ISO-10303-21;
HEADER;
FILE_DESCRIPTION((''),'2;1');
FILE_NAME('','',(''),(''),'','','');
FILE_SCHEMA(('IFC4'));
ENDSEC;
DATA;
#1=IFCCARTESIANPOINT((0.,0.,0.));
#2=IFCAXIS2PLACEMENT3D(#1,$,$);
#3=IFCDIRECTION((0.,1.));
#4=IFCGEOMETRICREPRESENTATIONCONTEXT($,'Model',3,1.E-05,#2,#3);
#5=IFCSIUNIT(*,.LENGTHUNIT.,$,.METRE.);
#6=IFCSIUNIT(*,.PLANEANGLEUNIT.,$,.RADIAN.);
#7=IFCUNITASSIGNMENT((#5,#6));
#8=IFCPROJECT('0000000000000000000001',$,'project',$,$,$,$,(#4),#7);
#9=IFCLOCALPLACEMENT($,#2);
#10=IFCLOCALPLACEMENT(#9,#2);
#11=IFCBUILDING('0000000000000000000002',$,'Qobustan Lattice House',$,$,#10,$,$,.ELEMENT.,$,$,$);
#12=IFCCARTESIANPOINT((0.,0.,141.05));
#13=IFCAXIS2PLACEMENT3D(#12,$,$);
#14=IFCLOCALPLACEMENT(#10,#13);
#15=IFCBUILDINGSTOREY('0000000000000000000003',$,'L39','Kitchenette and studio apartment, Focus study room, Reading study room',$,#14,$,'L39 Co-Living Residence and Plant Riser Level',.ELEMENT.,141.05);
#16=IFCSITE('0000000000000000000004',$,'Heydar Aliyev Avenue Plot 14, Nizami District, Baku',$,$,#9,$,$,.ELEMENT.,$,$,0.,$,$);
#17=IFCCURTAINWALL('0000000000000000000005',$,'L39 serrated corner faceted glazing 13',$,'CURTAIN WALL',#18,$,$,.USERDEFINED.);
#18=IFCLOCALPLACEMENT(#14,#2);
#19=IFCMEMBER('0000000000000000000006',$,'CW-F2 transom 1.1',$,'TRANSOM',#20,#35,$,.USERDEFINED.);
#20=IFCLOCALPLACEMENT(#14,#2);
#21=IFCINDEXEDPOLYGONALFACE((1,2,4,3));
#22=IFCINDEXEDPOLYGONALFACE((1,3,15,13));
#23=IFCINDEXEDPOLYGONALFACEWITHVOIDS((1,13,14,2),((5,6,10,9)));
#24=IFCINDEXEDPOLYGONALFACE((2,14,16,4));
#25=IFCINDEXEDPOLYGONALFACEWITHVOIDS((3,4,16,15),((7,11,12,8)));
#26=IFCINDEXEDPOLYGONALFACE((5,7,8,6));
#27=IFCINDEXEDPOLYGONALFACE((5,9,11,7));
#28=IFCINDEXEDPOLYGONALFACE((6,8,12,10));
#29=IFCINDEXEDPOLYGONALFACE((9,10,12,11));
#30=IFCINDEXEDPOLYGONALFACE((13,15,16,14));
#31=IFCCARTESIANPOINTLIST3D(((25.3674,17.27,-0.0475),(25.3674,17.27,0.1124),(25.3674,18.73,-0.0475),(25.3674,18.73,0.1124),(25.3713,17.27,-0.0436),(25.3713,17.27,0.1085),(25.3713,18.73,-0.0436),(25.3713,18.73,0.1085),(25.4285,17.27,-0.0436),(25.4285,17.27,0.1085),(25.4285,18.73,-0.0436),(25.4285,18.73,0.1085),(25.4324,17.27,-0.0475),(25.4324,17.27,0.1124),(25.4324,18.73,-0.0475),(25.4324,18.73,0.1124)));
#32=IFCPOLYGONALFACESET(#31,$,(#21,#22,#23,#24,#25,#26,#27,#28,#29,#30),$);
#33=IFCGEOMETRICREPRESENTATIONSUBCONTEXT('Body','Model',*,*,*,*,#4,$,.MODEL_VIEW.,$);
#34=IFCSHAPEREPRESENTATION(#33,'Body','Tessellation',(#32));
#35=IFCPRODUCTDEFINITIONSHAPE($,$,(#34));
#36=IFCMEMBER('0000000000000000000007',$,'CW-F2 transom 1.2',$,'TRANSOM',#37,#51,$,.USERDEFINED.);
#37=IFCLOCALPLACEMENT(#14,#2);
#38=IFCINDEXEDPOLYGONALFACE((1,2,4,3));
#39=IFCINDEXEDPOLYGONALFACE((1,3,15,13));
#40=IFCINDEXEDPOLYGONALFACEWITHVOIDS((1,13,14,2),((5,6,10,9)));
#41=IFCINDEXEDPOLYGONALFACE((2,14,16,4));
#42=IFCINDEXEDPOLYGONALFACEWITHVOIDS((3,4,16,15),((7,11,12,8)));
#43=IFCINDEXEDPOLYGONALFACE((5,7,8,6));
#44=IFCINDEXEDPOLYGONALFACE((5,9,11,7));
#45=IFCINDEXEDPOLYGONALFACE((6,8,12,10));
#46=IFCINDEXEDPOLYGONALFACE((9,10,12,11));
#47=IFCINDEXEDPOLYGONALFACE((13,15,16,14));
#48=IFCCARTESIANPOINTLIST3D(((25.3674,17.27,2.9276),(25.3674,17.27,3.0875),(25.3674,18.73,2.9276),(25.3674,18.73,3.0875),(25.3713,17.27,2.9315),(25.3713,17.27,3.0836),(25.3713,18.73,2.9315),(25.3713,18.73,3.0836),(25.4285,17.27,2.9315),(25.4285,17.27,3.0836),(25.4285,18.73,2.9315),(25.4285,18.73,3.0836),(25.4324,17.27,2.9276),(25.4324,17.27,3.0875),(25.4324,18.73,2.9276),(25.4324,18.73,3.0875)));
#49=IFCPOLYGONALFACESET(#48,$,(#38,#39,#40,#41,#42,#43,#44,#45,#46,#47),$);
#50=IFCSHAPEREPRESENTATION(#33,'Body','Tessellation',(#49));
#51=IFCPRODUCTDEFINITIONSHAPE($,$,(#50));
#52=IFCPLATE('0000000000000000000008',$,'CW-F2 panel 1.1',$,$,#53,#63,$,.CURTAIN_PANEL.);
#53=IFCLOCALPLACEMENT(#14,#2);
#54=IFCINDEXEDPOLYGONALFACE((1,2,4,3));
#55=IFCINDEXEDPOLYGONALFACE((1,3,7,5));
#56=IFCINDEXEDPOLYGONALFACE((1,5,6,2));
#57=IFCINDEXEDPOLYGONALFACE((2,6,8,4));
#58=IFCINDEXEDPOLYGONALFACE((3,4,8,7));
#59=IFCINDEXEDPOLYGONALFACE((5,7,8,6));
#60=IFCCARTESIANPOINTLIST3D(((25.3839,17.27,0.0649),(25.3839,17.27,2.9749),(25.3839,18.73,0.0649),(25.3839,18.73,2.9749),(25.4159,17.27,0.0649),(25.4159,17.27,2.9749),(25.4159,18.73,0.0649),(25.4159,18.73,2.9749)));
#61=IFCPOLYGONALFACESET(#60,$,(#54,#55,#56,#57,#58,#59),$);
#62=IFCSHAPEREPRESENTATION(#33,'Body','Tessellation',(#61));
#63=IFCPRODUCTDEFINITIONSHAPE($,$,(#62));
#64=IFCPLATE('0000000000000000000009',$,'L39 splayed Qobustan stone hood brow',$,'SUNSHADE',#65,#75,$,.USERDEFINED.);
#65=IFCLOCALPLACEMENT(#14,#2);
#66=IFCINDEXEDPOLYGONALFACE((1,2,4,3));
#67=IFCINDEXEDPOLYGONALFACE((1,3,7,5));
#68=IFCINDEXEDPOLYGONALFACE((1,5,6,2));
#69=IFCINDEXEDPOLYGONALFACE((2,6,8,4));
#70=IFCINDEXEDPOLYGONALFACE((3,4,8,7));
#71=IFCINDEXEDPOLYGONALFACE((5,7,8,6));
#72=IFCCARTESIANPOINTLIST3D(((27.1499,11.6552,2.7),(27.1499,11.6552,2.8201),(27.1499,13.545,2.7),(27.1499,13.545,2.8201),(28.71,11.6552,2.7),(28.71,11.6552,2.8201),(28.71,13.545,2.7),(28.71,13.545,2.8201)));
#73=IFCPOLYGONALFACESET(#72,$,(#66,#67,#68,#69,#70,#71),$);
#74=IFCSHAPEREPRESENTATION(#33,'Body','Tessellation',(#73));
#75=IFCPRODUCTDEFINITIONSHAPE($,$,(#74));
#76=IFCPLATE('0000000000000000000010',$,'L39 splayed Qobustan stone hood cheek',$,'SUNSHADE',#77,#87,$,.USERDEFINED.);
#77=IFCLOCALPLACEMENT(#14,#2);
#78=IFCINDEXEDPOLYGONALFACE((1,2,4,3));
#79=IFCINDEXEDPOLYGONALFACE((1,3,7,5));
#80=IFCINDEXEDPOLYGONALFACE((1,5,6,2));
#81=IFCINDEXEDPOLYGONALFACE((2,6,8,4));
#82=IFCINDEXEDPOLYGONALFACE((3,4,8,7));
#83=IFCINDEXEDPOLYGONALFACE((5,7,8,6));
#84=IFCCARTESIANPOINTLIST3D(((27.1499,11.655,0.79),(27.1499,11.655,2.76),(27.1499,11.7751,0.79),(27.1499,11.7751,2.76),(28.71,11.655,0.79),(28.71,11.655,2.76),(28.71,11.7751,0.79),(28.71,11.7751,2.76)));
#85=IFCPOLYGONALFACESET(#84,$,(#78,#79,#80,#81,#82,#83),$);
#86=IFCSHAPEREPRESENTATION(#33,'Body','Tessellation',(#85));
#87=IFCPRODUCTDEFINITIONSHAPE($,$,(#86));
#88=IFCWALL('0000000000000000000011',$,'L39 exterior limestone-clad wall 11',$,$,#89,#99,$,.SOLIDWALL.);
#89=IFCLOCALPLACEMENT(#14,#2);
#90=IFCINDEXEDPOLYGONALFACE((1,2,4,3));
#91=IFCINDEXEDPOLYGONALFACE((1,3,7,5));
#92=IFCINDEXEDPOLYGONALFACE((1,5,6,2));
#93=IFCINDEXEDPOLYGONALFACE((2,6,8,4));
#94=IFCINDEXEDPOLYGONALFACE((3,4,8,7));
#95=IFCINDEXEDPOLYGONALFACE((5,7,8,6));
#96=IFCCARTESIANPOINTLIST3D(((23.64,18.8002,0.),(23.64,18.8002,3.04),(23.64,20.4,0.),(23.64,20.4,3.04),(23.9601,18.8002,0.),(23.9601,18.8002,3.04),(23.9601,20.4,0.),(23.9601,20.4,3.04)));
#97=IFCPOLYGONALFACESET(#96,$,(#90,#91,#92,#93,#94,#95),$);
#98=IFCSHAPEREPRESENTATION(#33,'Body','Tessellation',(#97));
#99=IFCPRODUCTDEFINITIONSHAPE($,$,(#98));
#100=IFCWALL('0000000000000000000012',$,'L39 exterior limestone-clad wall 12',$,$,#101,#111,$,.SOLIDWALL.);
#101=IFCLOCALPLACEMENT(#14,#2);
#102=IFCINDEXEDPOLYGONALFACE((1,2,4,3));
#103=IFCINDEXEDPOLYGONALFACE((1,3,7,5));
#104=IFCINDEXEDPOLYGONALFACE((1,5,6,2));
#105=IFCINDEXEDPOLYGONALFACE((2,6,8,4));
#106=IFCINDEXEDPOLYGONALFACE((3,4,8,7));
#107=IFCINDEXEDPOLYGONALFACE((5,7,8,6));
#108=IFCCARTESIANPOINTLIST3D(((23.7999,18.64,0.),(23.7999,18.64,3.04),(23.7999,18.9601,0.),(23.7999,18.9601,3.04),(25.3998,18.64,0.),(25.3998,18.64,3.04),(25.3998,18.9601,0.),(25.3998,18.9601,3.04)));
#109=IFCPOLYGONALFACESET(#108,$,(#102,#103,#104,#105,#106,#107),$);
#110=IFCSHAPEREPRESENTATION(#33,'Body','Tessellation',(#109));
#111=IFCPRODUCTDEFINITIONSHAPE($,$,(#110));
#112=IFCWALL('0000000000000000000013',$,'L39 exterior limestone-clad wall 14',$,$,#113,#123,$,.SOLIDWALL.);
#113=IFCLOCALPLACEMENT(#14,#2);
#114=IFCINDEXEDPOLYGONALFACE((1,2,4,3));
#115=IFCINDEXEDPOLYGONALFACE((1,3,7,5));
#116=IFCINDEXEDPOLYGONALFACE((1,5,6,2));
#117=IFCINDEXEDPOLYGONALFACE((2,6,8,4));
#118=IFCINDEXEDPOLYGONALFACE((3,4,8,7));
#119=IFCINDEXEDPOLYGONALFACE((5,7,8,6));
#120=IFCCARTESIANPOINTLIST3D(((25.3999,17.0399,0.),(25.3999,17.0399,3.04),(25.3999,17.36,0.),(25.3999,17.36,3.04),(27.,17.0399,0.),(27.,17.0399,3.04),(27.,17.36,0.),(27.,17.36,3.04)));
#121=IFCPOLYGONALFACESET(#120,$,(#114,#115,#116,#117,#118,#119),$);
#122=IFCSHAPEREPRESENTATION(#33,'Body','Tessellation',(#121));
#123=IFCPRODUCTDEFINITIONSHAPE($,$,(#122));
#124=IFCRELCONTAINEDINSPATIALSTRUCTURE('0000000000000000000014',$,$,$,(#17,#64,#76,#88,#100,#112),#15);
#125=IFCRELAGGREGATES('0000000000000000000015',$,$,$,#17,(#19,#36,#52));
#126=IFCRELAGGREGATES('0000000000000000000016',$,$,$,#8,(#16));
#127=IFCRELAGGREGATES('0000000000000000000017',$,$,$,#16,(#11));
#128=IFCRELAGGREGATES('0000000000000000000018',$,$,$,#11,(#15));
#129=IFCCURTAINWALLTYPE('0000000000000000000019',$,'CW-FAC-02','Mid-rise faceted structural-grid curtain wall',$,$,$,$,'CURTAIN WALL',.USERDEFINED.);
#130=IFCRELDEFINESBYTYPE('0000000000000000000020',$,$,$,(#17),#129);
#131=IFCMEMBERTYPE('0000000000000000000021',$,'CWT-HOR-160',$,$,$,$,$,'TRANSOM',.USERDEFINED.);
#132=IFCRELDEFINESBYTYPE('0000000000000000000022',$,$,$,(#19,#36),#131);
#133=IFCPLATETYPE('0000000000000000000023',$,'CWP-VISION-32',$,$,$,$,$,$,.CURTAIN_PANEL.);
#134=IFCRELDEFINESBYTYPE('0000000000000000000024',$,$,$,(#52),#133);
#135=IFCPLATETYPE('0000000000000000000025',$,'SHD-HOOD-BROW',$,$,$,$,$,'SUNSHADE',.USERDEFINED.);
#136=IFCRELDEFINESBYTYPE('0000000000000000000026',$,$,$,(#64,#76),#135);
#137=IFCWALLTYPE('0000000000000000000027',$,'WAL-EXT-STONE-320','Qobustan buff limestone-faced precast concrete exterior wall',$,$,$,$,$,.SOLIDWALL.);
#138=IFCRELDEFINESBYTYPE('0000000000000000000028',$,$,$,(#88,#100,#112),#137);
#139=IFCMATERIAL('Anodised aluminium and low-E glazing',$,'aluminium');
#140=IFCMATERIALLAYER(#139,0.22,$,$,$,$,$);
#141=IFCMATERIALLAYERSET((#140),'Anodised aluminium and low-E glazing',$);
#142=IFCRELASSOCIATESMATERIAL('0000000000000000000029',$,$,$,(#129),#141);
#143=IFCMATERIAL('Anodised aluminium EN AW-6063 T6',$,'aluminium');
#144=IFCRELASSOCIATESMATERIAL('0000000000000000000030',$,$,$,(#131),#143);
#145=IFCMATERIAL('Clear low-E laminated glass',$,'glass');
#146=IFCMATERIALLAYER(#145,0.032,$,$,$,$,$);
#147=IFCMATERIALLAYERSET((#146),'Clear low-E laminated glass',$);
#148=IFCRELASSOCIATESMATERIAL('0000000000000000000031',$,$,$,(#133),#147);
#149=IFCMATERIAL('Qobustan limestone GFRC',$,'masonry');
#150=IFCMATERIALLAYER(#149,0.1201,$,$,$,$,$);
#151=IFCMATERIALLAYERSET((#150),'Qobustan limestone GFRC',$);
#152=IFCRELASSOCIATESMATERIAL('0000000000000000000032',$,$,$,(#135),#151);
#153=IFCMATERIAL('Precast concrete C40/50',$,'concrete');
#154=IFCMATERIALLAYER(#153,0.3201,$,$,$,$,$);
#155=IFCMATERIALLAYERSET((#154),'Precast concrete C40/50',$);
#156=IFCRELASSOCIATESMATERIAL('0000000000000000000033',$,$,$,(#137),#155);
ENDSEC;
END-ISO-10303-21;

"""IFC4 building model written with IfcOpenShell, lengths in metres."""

from ifc_helpers import new_model, si_unit, direction, frame, frame_2d, origin, origin_2d, place, context, subcontext, project, spatial, rectangle, hollow_rectangle, extrude, material, layer, layer_set, material_profile, profile_set, type_object, element, aggregate, save


model = new_model("IFC4")

# Units and contexts
model_context = context("Model", 3, precision=1e-05, world=origin(), true_north=direction((0.0, 1.0)))
body_context = subcontext(model_context, "Body", "Model", "MODEL_VIEW")
ifc_project = project(units=[si_unit("LENGTHUNIT", "METRE"), si_unit("PLANEANGLEUNIT", "RADIAN")], contexts=[model_context])

# Site, building, storey
site_placement = place(None, origin())
site = spatial("IfcSite", under=ifc_project, at=site_placement, Name="Heydar Aliyev Avenue Plot 14, Nizami District, Baku", CompositionType="ELEMENT", RefElevation=0.0)
building_placement = place(site_placement, origin())
building = spatial("IfcBuilding", under=site, at=building_placement, Name="Qobustan Lattice House", CompositionType="ELEMENT")
storey_placement = place(building_placement, frame((0.0, 0.0, 141.05)))
storey = spatial("IfcBuildingStorey", under=building, at=storey_placement, Name="L39", Description="Kitchenette and studio apartment, Focus study room, Reading study room", LongName="L39 Co-Living Residence and Plant Riser Level", CompositionType="ELEMENT", Elevation=141.05)

# Curtain wall, members, plate
ifc_material_1 = material(Name="Anodised aluminium and low-E glazing", Category="aluminium")
ifc_layer_1 = layer(ifc_material_1, 0.22)
ifc_layer_set_1 = layer_set([ifc_layer_1], Name="Anodised aluminium and low-E glazing")
curtain_wall_type = type_object("IfcCurtainWallType", Name="CW-FAC-02", Description="Mid-rise faceted structural-grid curtain wall", ElementType="CURTAIN WALL", PredefinedType="USERDEFINED", material=ifc_layer_set_1)
curtain_wall_placement = place(storey_placement, origin())
curtain_wall = element("IfcCurtainWall", 1, at=curtain_wall_placement, inside=storey, type_object=curtain_wall_type, Name="L39 serrated corner faceted glazing 13", ObjectType="CURTAIN WALL", PredefinedType="USERDEFINED")
ifc_material_2 = material(Name="Anodised aluminium EN AW-6063 T6", Category="aluminium")
ifc_material_profile_1 = material_profile(ifc_material_2, hollow_rectangle(XDim=0.0649, YDim=0.1599, WallThickness=0.0039, at=origin_2d()), Name="CWT-160x65")
ifc_profile_set_1 = profile_set([ifc_material_profile_1], Name="Anodised aluminium EN AW-6063 T6")
member_type_1 = type_object("IfcMemberType", Name="CWT-HOR-160", ElementType="TRANSOM", PredefinedType="USERDEFINED", material=ifc_profile_set_1)
member_1_placement = place(storey_placement, frame((25.3999, 18.73, 0.0325), z_axis=(0.0, -1.0, 0.0), x_axis=(1.0, 0.0, 0.0)))
member_1 = element("IfcMember", 2, at=member_1_placement, type_object=member_type_1, Name="CW-F2 transom 1.1", ObjectType="TRANSOM", PredefinedType="USERDEFINED", context=body_context, shape_type="SweptSolid", body=[
    extrude(hollow_rectangle(XDim=0.0649, YDim=0.1599, WallThickness=0.0039, at=origin_2d()), origin(), (0.0, 0.0, 1.0), 1.46),
])
member_2_placement = place(storey_placement, frame((25.3999, 18.73, 3.0076), z_axis=(0.0, -1.0, 0.0), x_axis=(1.0, 0.0, 0.0)))
member_2 = element("IfcMember", 3, at=member_2_placement, type_object=member_type_1, Name="CW-F2 transom 1.2", ObjectType="TRANSOM", PredefinedType="USERDEFINED", context=body_context, shape_type="SweptSolid", body=[
    extrude(hollow_rectangle(XDim=0.0649, YDim=0.1599, WallThickness=0.0039, at=origin_2d()), origin(), (0.0, 0.0, 1.0), 1.46),
])
ifc_material_3 = material(Name="Clear low-E laminated glass", Category="glass")
ifc_layer_2 = layer(ifc_material_3, 0.032)
ifc_layer_set_2 = layer_set([ifc_layer_2], Name="Clear low-E laminated glass")
plate_type_1 = type_object("IfcPlateType", Name="CWP-VISION-32", PredefinedType="CURTAIN_PANEL", material=ifc_layer_set_2)
plate_1_placement = place(storey_placement, frame((25.3999, 18.0, 0.0649), z_axis=(0.0, 0.0, 1.0), x_axis=(0.0, -1.0, 0.0)))
plate_1 = element("IfcPlate", 4, at=plate_1_placement, type_object=plate_type_1, Name="CW-F2 panel 1.1", PredefinedType="CURTAIN_PANEL", context=body_context, shape_type="SweptSolid", body=[
    extrude(rectangle(XDim=1.46, YDim=0.032, at=origin_2d()), origin(), (0.0, 0.0, 1.0), 2.9099),
])
aggregate(curtain_wall, [member_1, member_2, plate_1])

# Plates
ifc_material_4 = material(Name="Qobustan limestone GFRC", Category="masonry")
ifc_layer_3 = layer(ifc_material_4, 0.1201)
ifc_layer_set_3 = layer_set([ifc_layer_3], Name="Qobustan limestone GFRC")
plate_type_2 = type_object("IfcPlateType", Name="SHD-HOOD-BROW", ElementType="SUNSHADE", PredefinedType="USERDEFINED", material=ifc_layer_set_3)
plate_2_placement = place(storey_placement, frame((27.9299, 12.6001, 2.7), z_axis=(0.0, 0.0, 1.0), x_axis=(0.0, -1.0, 0.0)))
element("IfcPlate", 5, at=plate_2_placement, inside=storey, type_object=plate_type_2, Name="L39 splayed Qobustan stone hood brow", ObjectType="SUNSHADE", PredefinedType="USERDEFINED", context=body_context, shape_type="SweptSolid", body=[
    extrude(rectangle(XDim=1.8899, YDim=1.5601, at=origin_2d()), origin(), (0.0, 0.0, 1.0), 0.1201),
])
plate_3_placement = place(storey_placement, frame((27.9299, 11.7151, 0.79), z_axis=(0.0, 0.0, 1.0), x_axis=(0.0, -1.0, 0.0)))
element("IfcPlate", 6, at=plate_3_placement, inside=storey, type_object=plate_type_2, Name="L39 splayed Qobustan stone hood cheek", ObjectType="SUNSHADE", PredefinedType="USERDEFINED", context=body_context, shape_type="SweptSolid", body=[
    extrude(rectangle(XDim=0.1201, YDim=1.5601, at=origin_2d()), origin(), (0.0, 0.0, 1.0), 1.97),
])

# Walls
ifc_material_5 = material(Name="Precast concrete C40/50", Category="concrete")
ifc_layer_4 = layer(ifc_material_5, 0.3201)
ifc_layer_set_4 = layer_set([ifc_layer_4], Name="Precast concrete C40/50")
wall_type = type_object("IfcWallType", Name="WAL-EXT-STONE-320", Description="Qobustan buff limestone-faced precast concrete exterior wall", PredefinedType="SOLIDWALL", material=ifc_layer_set_4)
for number, where, z_axis, x_axis, name in (
    (7, (23.8, 20.3999, 0.0), (0.0, 0.0, 1.0), (0.0, -1.0, 0.0), "L39 exterior limestone-clad wall 11"),
    (8, (23.8, 18.8, 0.0), (0.0, 0.0, 1.0), (1.0, 0.0, 0.0), "L39 exterior limestone-clad wall 12"),
):
    element("IfcWall", number, at=place(storey_placement, frame(where, z_axis=z_axis, x_axis=x_axis)), inside=storey, type_object=wall_type, Name=name, PredefinedType="SOLIDWALL", context=body_context, shape_type="SweptSolid", body=[
        extrude(rectangle(XDim=1.5999, YDim=0.3201, at=frame_2d((0.7998, 0.0))), origin(), (0.0, 0.0, 1.0), 3.04),
    ])
wall_1_placement = place(storey_placement, frame((25.3999, 17.2, 0.0), z_axis=(0.0, 0.0, 1.0), x_axis=(1.0, 0.0, 0.0)))
element("IfcWall", 9, at=wall_1_placement, inside=storey, type_object=wall_type, Name="L39 exterior limestone-clad wall 14", PredefinedType="SOLIDWALL", context=body_context, shape_type="SweptSolid", body=[
    extrude(rectangle(XDim=1.6001, YDim=0.3201, at=frame_2d((0.8, 0.0))), origin(), (0.0, 0.0, 1.0), 3.04),
])

save(model, "model.ifc")
